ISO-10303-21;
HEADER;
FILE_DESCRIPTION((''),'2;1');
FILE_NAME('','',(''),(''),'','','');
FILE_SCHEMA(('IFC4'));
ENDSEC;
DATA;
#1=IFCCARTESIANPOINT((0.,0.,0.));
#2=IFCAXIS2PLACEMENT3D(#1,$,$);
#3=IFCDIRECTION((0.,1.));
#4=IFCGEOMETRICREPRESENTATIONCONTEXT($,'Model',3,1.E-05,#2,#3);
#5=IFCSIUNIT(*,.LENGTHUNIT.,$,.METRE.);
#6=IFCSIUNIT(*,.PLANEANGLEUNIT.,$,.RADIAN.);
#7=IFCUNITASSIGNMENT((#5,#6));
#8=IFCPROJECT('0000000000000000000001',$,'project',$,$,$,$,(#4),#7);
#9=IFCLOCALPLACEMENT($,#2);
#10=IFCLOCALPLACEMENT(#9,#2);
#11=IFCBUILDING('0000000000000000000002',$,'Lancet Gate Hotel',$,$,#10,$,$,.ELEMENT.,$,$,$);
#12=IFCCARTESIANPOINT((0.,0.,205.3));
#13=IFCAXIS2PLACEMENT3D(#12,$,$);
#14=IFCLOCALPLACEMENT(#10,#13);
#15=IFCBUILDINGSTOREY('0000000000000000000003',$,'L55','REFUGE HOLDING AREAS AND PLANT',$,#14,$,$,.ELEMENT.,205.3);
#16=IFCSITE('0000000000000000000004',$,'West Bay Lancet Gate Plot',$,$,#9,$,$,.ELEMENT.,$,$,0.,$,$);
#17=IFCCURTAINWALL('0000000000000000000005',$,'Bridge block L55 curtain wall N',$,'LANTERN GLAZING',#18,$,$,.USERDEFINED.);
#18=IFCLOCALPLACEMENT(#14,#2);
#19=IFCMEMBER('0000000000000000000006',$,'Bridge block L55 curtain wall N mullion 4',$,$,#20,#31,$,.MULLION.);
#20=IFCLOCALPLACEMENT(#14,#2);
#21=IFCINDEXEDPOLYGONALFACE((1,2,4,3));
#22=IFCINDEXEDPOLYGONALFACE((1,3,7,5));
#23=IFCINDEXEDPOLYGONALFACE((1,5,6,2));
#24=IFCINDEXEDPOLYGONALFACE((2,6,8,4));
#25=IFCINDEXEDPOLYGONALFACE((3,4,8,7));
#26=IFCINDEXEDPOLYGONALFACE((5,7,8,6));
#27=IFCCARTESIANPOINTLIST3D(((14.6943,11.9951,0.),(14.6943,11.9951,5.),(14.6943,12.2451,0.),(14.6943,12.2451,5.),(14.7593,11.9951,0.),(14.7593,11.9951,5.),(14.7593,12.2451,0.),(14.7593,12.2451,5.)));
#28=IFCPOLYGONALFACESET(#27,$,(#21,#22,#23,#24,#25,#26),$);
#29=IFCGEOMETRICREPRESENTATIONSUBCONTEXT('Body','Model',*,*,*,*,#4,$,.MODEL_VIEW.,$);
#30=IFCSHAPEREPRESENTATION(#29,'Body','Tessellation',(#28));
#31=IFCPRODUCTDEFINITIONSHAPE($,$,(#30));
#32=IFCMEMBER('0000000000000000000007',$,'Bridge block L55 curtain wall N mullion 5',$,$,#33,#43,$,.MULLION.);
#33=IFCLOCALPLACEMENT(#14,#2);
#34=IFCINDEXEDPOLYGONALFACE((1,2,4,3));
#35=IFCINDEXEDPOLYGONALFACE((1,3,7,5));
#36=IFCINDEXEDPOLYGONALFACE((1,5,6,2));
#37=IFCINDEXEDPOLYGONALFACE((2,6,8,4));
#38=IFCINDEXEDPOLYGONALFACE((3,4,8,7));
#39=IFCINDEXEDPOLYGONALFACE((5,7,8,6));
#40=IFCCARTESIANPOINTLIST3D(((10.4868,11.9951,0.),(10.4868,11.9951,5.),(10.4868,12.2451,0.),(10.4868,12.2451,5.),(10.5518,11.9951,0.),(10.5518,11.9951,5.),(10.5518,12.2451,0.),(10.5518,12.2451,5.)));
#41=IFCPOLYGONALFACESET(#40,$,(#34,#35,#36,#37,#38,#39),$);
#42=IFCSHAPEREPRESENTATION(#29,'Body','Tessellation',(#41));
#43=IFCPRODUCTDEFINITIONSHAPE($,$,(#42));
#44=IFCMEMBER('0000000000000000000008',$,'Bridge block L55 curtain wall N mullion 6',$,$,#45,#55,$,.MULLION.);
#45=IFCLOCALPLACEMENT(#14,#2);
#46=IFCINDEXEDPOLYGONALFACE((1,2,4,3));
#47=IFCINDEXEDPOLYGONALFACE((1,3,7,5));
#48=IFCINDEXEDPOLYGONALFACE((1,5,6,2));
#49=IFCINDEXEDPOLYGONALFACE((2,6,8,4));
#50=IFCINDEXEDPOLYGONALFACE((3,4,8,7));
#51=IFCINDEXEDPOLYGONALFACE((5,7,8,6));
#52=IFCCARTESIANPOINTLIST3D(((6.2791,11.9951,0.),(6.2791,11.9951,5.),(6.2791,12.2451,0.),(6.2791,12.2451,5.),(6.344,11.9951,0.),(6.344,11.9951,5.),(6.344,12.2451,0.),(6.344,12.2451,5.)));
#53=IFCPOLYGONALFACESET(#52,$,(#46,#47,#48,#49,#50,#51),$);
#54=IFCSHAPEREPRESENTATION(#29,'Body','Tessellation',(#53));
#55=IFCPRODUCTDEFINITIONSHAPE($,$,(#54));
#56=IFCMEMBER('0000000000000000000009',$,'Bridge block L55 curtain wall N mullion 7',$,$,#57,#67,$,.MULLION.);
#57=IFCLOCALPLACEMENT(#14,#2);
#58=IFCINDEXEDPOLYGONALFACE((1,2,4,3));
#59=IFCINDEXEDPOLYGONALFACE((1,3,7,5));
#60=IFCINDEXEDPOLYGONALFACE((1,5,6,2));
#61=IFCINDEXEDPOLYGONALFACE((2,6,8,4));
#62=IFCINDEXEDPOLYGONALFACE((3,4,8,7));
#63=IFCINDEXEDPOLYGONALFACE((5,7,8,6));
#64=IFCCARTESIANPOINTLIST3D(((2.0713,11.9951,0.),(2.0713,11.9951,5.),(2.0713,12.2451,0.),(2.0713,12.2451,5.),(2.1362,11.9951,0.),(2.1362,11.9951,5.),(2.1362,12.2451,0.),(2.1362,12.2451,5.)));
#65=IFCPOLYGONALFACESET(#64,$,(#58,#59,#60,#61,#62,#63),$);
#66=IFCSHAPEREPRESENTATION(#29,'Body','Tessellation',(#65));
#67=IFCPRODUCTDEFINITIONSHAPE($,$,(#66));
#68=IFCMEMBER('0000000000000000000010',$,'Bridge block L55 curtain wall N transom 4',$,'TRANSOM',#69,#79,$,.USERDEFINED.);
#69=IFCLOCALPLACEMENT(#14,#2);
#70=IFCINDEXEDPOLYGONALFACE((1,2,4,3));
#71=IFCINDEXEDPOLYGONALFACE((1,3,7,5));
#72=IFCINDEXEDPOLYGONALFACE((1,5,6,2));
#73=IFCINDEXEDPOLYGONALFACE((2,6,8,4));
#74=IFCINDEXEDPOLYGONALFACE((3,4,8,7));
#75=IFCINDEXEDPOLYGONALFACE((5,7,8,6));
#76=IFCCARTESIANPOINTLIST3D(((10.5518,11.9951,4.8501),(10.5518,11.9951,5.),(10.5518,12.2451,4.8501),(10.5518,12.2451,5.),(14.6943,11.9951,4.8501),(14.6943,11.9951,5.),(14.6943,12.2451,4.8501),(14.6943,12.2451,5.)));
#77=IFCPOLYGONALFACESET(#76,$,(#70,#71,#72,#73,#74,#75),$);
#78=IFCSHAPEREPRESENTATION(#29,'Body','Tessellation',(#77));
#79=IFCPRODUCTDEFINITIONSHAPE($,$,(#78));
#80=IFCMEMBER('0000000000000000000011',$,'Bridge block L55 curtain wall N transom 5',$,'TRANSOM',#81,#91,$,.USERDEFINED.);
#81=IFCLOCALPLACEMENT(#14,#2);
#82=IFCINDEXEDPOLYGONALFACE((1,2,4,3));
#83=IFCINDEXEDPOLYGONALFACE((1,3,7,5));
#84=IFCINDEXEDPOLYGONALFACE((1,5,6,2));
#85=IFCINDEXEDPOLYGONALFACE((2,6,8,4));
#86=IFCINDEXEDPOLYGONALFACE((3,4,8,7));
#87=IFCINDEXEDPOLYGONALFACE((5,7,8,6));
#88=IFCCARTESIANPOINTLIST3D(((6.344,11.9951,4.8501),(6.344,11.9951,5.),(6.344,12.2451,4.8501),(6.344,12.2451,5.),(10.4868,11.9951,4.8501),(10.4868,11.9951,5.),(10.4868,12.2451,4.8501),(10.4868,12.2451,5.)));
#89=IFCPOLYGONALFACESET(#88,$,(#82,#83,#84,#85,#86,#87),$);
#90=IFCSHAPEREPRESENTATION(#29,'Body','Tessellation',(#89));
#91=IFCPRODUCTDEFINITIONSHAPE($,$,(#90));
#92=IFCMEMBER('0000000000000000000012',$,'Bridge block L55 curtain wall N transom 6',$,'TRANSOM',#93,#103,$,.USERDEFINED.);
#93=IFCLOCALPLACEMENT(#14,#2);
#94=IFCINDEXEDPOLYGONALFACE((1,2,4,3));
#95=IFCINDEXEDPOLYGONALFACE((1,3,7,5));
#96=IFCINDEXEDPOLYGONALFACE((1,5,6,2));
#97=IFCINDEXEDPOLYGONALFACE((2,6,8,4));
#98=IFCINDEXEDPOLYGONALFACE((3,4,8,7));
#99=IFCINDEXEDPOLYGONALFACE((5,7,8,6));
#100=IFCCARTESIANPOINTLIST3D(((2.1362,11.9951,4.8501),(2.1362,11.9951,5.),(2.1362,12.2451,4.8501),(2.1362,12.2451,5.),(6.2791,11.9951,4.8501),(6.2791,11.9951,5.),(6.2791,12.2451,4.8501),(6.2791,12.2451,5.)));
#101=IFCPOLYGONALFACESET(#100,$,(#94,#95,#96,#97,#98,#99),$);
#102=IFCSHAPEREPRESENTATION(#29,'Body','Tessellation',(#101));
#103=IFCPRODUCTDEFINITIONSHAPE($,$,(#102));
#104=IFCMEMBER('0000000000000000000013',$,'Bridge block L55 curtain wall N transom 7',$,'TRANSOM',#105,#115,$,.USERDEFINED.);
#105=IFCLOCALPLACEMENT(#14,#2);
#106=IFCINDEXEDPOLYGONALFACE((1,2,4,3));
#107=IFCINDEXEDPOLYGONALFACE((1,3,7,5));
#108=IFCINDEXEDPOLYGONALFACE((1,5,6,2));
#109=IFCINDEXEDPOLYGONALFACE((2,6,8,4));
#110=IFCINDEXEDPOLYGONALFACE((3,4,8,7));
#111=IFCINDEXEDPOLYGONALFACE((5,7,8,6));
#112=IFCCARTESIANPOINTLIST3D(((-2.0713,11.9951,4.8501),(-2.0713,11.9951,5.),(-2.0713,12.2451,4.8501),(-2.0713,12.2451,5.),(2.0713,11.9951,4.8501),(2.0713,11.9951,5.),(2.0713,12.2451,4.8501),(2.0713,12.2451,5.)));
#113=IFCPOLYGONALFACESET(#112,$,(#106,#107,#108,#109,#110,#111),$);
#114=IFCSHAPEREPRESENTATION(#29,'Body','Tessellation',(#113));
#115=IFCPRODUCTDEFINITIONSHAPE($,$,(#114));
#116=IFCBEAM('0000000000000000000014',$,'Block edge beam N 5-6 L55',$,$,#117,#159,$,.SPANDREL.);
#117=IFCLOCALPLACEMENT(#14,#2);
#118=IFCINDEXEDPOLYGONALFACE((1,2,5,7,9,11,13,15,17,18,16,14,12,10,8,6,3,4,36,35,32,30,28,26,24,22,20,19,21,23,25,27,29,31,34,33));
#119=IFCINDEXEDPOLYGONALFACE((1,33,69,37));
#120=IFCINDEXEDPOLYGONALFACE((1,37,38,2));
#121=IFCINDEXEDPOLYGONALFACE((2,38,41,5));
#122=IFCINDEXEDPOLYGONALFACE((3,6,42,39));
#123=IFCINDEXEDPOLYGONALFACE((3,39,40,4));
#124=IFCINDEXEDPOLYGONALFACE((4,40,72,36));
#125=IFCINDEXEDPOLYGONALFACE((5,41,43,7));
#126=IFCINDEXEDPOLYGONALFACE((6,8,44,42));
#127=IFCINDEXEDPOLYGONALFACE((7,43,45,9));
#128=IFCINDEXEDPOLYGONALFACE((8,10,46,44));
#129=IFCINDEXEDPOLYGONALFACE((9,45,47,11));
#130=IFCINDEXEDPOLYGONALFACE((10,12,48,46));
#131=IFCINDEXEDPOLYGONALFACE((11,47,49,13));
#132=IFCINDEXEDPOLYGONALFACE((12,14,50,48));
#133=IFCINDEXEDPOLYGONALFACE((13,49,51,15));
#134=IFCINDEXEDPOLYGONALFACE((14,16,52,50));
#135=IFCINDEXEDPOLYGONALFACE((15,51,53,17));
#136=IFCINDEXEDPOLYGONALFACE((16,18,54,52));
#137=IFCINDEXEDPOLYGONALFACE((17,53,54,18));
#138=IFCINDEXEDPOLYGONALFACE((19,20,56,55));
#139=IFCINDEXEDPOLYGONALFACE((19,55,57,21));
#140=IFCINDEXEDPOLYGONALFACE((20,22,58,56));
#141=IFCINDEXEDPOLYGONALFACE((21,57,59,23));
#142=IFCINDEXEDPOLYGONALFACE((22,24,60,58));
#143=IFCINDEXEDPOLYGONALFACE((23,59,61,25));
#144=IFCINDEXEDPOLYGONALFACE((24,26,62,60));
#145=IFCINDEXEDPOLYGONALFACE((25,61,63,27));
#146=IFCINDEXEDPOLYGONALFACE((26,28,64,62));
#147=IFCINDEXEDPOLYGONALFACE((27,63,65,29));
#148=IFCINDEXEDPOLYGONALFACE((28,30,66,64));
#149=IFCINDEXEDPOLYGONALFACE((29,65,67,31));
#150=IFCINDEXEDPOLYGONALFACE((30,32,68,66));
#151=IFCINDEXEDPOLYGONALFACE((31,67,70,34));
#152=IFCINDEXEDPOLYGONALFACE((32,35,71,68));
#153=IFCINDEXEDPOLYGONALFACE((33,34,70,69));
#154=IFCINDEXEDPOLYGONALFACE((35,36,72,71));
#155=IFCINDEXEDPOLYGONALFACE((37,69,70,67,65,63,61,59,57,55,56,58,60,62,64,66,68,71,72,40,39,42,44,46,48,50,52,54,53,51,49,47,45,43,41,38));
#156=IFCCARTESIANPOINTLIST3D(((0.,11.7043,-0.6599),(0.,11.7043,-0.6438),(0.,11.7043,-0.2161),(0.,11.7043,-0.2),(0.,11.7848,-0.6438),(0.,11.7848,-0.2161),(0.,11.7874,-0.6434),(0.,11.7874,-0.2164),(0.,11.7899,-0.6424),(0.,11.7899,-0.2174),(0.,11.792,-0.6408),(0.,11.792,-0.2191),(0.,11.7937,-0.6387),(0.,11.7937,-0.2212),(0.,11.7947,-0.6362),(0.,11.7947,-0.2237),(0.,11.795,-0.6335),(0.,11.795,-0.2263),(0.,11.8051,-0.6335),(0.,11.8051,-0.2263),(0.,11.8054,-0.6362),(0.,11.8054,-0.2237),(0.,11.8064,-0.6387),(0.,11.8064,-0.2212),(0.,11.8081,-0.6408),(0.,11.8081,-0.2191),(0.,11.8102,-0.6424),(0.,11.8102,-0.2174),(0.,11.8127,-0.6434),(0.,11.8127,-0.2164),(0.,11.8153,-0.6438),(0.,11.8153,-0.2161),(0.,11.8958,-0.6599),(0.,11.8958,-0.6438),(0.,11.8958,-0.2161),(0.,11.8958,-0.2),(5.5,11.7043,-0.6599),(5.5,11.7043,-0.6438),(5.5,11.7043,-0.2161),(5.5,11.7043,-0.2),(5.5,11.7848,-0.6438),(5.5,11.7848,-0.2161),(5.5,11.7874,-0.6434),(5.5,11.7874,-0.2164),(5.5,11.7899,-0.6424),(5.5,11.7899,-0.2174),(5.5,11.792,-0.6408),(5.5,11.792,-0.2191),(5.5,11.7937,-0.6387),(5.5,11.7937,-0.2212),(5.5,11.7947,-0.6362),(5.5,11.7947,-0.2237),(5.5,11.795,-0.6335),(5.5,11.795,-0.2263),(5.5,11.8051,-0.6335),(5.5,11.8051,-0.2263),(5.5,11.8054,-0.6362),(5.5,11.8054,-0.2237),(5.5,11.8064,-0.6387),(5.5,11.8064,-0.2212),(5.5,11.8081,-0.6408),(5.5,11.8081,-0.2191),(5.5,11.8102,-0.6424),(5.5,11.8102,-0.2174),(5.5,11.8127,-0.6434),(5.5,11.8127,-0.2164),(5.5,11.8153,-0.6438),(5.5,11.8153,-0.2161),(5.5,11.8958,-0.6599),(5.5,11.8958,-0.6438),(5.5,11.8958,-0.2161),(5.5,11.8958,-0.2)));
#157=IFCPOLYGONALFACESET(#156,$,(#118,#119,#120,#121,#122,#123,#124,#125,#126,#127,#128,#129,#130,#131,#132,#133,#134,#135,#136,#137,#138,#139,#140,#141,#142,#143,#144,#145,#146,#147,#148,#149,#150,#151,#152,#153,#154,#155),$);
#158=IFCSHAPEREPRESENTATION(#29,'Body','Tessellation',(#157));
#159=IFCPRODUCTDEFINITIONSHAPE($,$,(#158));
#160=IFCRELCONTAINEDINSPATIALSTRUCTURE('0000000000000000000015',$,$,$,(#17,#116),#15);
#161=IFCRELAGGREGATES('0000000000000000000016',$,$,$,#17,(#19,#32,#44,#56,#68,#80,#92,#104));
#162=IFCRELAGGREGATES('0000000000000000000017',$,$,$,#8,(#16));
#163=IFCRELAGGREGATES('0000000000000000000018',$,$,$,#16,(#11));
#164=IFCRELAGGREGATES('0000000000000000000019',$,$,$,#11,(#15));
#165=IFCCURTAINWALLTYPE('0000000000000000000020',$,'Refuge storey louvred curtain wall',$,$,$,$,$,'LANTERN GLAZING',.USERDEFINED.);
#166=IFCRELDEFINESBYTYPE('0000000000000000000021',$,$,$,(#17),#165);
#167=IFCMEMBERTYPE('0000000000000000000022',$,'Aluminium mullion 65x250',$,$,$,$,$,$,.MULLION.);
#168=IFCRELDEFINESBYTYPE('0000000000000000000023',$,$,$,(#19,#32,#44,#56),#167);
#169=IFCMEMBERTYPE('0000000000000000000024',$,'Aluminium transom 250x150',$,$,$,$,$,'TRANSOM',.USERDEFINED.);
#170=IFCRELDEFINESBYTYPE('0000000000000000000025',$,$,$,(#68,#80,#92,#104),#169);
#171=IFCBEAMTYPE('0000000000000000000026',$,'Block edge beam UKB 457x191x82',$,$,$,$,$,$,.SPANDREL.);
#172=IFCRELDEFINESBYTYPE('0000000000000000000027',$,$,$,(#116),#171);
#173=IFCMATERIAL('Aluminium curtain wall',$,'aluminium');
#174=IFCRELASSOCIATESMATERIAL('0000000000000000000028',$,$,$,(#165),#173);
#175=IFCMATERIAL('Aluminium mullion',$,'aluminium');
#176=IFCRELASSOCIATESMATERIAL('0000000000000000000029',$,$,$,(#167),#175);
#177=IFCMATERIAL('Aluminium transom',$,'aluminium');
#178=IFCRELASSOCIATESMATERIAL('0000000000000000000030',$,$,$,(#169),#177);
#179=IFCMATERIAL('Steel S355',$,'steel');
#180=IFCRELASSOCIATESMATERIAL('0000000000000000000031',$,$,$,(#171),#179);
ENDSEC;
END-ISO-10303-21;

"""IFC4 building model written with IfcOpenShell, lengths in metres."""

from ifc_helpers import new_model, si_unit, direction, frame, origin, origin_2d, place, context, subcontext, project, spatial, rectangle, i_section, extrude, material, material_profile, profile_set, type_object, element, aggregate, save


model = new_model("IFC4")

# Units and contexts
model_context = context("Model", 3, precision=1e-05, world=origin(), true_north=direction((0.0, 1.0)))
body_context = subcontext(model_context, "Body", "Model", "MODEL_VIEW")
ifc_project = project(units=[si_unit("LENGTHUNIT", "METRE"), si_unit("PLANEANGLEUNIT", "RADIAN")], contexts=[model_context])

# Site, building, storey
site_placement = place(None, origin())
site = spatial("IfcSite", under=ifc_project, at=site_placement, Name="West Bay Lancet Gate Plot", CompositionType="ELEMENT", RefElevation=0.0)
building_placement = place(site_placement, origin())
building = spatial("IfcBuilding", under=site, at=building_placement, Name="Lancet Gate Hotel", CompositionType="ELEMENT")
storey_placement = place(building_placement, frame((0.0, 0.0, 205.3)))
storey = spatial("IfcBuildingStorey", under=building, at=storey_placement, Name="L55", Description="REFUGE HOLDING AREAS AND PLANT", CompositionType="ELEMENT", Elevation=205.3)

# Curtain wall, members
ifc_material_1 = material(Name="Aluminium curtain wall", Category="aluminium")
curtain_wall_type = type_object("IfcCurtainWallType", Name="Refuge storey louvred curtain wall", ElementType="LANTERN GLAZING", PredefinedType="USERDEFINED", material=ifc_material_1)
curtain_wall_placement = place(storey_placement, origin())
curtain_wall = element("IfcCurtainWall", 1, at=curtain_wall_placement, inside=storey, type_object=curtain_wall_type, Name="Bridge block L55 curtain wall N", ObjectType="LANTERN GLAZING", PredefinedType="USERDEFINED")
ifc_material_2 = material(Name="Aluminium mullion", Category="aluminium")
ifc_material_profile_1 = material_profile(ifc_material_2, rectangle(XDim=0.0649, YDim=0.25, at=origin_2d()), Name="MULLION 65x250")
ifc_profile_set_1 = profile_set([ifc_material_profile_1], Name="Aluminium mullion")
member_type_1 = type_object("IfcMemberType", Name="Aluminium mullion 65x250", PredefinedType="MULLION", material=ifc_profile_set_1)
member_1_placement = place(storey_placement, frame((14.7268, 12.1201, 0.0), z_axis=(0.0, 0.0, 1.0), x_axis=(-1.0, 0.0, 0.0)))
member_1 = element("IfcMember", 2, at=member_1_placement, type_object=member_type_1, Name="Bridge block L55 curtain wall N mullion 4", PredefinedType="MULLION", context=body_context, shape_type="SweptSolid", body=[
    extrude(rectangle(XDim=0.0649, YDim=0.25, at=origin_2d()), origin(), (0.0, 0.0, 1.0), 5.0),
])
member_2_placement = place(storey_placement, frame((10.5193, 12.1201, 0.0), z_axis=(0.0, 0.0, 1.0), x_axis=(-1.0, 0.0, 0.0)))
member_2 = element("IfcMember", 3, at=member_2_placement, type_object=member_type_1, Name="Bridge block L55 curtain wall N mullion 5", PredefinedType="MULLION", context=body_context, shape_type="SweptSolid", body=[
    extrude(rectangle(XDim=0.0649, YDim=0.25, at=origin_2d()), origin(), (0.0, 0.0, 1.0), 5.0),
])
member_3_placement = place(storey_placement, frame((6.3115, 12.1201, 0.0), z_axis=(0.0, 0.0, 1.0), x_axis=(-1.0, 0.0, 0.0)))
member_3 = element("IfcMember", 4, at=member_3_placement, type_object=member_type_1, Name="Bridge block L55 curtain wall N mullion 6", PredefinedType="MULLION", context=body_context, shape_type="SweptSolid", body=[
    extrude(rectangle(XDim=0.0649, YDim=0.25, at=origin_2d()), origin(), (0.0, 0.0, 1.0), 5.0),
])
member_4_placement = place(storey_placement, frame((2.1038, 12.1201, 0.0), z_axis=(0.0, 0.0, 1.0), x_axis=(-1.0, 0.0, 0.0)))
member_4 = element("IfcMember", 5, at=member_4_placement, type_object=member_type_1, Name="Bridge block L55 curtain wall N mullion 7", PredefinedType="MULLION", context=body_context, shape_type="SweptSolid", body=[
    extrude(rectangle(XDim=0.0649, YDim=0.25, at=origin_2d()), origin(), (0.0, 0.0, 1.0), 5.0),
])
ifc_material_3 = material(Name="Aluminium transom", Category="aluminium")
ifc_material_profile_2 = material_profile(ifc_material_3, rectangle(XDim=0.25, YDim=0.1499, at=origin_2d()), Name="TRANSOM 250x150")
ifc_profile_set_2 = profile_set([ifc_material_profile_2], Name="Aluminium transom")
member_type_2 = type_object("IfcMemberType", Name="Aluminium transom 250x150", ElementType="TRANSOM", PredefinedType="USERDEFINED", material=ifc_profile_set_2)
member_5_placement = place(storey_placement, frame((14.6943, 12.1201, 4.925), z_axis=(-1.0, 0.0, 0.0), x_axis=(0.0, -1.0, 0.0)))
member_5 = element("IfcMember", 6, at=member_5_placement, type_object=member_type_2, Name="Bridge block L55 curtain wall N transom 4", ObjectType="TRANSOM", PredefinedType="USERDEFINED", context=body_context, shape_type="SweptSolid", body=[
    extrude(rectangle(XDim=0.25, YDim=0.1499, at=origin_2d()), origin(), (0.0, 0.0, 1.0), 4.1426),
])
member_6_placement = place(storey_placement, frame((10.4868, 12.1201, 4.925), z_axis=(-1.0, 0.0, 0.0), x_axis=(0.0, -1.0, 0.0)))
member_6 = element("IfcMember", 7, at=member_6_placement, type_object=member_type_2, Name="Bridge block L55 curtain wall N transom 5", ObjectType="TRANSOM", PredefinedType="USERDEFINED", context=body_context, shape_type="SweptSolid", body=[
    extrude(rectangle(XDim=0.25, YDim=0.1499, at=origin_2d()), origin(), (0.0, 0.0, 1.0), 4.1428),
])
member_7_placement = place(storey_placement, frame((6.2791, 12.1201, 4.925), z_axis=(-1.0, 0.0, 0.0), x_axis=(0.0, -1.0, 0.0)))
member_7 = element("IfcMember", 8, at=member_7_placement, type_object=member_type_2, Name="Bridge block L55 curtain wall N transom 6", ObjectType="TRANSOM", PredefinedType="USERDEFINED", context=body_context, shape_type="SweptSolid", body=[
    extrude(rectangle(XDim=0.25, YDim=0.1499, at=origin_2d()), origin(), (0.0, 0.0, 1.0), 4.1428),
])
member_8_placement = place(storey_placement, frame((2.0713, 12.1201, 4.925), z_axis=(-1.0, 0.0, 0.0), x_axis=(0.0, -1.0, 0.0)))
member_8 = element("IfcMember", 9, at=member_8_placement, type_object=member_type_2, Name="Bridge block L55 curtain wall N transom 7", ObjectType="TRANSOM", PredefinedType="USERDEFINED", context=body_context, shape_type="SweptSolid", body=[
    extrude(rectangle(XDim=0.25, YDim=0.1499, at=origin_2d()), origin(), (0.0, 0.0, 1.0), 4.1426),
])

# Beam
ifc_material_4 = material(Name="Steel S355", Category="steel")
ifc_material_profile_3 = material_profile(ifc_material_4, i_section(OverallWidth=0.1914, OverallDepth=0.46, WebThickness=0.01, FlangeThickness=0.0161, FilletRadius=0.0103, at=origin_2d()), Name="UKB 457x191x82")
ifc_profile_set_3 = profile_set([ifc_material_profile_3], Name="Steel S355")
beam_type_1 = type_object("IfcBeamType", Name="Block edge beam UKB 457x191x82", PredefinedType="SPANDREL", material=ifc_profile_set_3)
for number, where, z_axis, x_axis, name in (
    (10, (0.0, 11.8, -0.4299), (1.0, 0.0, 0.0), (0.0, 1.0, 0.0), "Block edge beam N 5-6 L55"),
):
    element("IfcBeam", number, at=place(storey_placement, frame(where, z_axis=z_axis, x_axis=x_axis)), inside=storey, type_object=beam_type_1, Name=name, PredefinedType="SPANDREL", context=body_context, shape_type="SweptSolid", body=[
        extrude(i_section(OverallWidth=0.1914, OverallDepth=0.46, WebThickness=0.01, FlangeThickness=0.0161, FilletRadius=0.0103, at=origin_2d()), origin(), (0.0, 0.0, 1.0), 5.5),
    ])

aggregate(curtain_wall, [member_1, member_2, member_3, member_4, member_5, member_6, member_7, member_8])

save(model, "model.ifc")
